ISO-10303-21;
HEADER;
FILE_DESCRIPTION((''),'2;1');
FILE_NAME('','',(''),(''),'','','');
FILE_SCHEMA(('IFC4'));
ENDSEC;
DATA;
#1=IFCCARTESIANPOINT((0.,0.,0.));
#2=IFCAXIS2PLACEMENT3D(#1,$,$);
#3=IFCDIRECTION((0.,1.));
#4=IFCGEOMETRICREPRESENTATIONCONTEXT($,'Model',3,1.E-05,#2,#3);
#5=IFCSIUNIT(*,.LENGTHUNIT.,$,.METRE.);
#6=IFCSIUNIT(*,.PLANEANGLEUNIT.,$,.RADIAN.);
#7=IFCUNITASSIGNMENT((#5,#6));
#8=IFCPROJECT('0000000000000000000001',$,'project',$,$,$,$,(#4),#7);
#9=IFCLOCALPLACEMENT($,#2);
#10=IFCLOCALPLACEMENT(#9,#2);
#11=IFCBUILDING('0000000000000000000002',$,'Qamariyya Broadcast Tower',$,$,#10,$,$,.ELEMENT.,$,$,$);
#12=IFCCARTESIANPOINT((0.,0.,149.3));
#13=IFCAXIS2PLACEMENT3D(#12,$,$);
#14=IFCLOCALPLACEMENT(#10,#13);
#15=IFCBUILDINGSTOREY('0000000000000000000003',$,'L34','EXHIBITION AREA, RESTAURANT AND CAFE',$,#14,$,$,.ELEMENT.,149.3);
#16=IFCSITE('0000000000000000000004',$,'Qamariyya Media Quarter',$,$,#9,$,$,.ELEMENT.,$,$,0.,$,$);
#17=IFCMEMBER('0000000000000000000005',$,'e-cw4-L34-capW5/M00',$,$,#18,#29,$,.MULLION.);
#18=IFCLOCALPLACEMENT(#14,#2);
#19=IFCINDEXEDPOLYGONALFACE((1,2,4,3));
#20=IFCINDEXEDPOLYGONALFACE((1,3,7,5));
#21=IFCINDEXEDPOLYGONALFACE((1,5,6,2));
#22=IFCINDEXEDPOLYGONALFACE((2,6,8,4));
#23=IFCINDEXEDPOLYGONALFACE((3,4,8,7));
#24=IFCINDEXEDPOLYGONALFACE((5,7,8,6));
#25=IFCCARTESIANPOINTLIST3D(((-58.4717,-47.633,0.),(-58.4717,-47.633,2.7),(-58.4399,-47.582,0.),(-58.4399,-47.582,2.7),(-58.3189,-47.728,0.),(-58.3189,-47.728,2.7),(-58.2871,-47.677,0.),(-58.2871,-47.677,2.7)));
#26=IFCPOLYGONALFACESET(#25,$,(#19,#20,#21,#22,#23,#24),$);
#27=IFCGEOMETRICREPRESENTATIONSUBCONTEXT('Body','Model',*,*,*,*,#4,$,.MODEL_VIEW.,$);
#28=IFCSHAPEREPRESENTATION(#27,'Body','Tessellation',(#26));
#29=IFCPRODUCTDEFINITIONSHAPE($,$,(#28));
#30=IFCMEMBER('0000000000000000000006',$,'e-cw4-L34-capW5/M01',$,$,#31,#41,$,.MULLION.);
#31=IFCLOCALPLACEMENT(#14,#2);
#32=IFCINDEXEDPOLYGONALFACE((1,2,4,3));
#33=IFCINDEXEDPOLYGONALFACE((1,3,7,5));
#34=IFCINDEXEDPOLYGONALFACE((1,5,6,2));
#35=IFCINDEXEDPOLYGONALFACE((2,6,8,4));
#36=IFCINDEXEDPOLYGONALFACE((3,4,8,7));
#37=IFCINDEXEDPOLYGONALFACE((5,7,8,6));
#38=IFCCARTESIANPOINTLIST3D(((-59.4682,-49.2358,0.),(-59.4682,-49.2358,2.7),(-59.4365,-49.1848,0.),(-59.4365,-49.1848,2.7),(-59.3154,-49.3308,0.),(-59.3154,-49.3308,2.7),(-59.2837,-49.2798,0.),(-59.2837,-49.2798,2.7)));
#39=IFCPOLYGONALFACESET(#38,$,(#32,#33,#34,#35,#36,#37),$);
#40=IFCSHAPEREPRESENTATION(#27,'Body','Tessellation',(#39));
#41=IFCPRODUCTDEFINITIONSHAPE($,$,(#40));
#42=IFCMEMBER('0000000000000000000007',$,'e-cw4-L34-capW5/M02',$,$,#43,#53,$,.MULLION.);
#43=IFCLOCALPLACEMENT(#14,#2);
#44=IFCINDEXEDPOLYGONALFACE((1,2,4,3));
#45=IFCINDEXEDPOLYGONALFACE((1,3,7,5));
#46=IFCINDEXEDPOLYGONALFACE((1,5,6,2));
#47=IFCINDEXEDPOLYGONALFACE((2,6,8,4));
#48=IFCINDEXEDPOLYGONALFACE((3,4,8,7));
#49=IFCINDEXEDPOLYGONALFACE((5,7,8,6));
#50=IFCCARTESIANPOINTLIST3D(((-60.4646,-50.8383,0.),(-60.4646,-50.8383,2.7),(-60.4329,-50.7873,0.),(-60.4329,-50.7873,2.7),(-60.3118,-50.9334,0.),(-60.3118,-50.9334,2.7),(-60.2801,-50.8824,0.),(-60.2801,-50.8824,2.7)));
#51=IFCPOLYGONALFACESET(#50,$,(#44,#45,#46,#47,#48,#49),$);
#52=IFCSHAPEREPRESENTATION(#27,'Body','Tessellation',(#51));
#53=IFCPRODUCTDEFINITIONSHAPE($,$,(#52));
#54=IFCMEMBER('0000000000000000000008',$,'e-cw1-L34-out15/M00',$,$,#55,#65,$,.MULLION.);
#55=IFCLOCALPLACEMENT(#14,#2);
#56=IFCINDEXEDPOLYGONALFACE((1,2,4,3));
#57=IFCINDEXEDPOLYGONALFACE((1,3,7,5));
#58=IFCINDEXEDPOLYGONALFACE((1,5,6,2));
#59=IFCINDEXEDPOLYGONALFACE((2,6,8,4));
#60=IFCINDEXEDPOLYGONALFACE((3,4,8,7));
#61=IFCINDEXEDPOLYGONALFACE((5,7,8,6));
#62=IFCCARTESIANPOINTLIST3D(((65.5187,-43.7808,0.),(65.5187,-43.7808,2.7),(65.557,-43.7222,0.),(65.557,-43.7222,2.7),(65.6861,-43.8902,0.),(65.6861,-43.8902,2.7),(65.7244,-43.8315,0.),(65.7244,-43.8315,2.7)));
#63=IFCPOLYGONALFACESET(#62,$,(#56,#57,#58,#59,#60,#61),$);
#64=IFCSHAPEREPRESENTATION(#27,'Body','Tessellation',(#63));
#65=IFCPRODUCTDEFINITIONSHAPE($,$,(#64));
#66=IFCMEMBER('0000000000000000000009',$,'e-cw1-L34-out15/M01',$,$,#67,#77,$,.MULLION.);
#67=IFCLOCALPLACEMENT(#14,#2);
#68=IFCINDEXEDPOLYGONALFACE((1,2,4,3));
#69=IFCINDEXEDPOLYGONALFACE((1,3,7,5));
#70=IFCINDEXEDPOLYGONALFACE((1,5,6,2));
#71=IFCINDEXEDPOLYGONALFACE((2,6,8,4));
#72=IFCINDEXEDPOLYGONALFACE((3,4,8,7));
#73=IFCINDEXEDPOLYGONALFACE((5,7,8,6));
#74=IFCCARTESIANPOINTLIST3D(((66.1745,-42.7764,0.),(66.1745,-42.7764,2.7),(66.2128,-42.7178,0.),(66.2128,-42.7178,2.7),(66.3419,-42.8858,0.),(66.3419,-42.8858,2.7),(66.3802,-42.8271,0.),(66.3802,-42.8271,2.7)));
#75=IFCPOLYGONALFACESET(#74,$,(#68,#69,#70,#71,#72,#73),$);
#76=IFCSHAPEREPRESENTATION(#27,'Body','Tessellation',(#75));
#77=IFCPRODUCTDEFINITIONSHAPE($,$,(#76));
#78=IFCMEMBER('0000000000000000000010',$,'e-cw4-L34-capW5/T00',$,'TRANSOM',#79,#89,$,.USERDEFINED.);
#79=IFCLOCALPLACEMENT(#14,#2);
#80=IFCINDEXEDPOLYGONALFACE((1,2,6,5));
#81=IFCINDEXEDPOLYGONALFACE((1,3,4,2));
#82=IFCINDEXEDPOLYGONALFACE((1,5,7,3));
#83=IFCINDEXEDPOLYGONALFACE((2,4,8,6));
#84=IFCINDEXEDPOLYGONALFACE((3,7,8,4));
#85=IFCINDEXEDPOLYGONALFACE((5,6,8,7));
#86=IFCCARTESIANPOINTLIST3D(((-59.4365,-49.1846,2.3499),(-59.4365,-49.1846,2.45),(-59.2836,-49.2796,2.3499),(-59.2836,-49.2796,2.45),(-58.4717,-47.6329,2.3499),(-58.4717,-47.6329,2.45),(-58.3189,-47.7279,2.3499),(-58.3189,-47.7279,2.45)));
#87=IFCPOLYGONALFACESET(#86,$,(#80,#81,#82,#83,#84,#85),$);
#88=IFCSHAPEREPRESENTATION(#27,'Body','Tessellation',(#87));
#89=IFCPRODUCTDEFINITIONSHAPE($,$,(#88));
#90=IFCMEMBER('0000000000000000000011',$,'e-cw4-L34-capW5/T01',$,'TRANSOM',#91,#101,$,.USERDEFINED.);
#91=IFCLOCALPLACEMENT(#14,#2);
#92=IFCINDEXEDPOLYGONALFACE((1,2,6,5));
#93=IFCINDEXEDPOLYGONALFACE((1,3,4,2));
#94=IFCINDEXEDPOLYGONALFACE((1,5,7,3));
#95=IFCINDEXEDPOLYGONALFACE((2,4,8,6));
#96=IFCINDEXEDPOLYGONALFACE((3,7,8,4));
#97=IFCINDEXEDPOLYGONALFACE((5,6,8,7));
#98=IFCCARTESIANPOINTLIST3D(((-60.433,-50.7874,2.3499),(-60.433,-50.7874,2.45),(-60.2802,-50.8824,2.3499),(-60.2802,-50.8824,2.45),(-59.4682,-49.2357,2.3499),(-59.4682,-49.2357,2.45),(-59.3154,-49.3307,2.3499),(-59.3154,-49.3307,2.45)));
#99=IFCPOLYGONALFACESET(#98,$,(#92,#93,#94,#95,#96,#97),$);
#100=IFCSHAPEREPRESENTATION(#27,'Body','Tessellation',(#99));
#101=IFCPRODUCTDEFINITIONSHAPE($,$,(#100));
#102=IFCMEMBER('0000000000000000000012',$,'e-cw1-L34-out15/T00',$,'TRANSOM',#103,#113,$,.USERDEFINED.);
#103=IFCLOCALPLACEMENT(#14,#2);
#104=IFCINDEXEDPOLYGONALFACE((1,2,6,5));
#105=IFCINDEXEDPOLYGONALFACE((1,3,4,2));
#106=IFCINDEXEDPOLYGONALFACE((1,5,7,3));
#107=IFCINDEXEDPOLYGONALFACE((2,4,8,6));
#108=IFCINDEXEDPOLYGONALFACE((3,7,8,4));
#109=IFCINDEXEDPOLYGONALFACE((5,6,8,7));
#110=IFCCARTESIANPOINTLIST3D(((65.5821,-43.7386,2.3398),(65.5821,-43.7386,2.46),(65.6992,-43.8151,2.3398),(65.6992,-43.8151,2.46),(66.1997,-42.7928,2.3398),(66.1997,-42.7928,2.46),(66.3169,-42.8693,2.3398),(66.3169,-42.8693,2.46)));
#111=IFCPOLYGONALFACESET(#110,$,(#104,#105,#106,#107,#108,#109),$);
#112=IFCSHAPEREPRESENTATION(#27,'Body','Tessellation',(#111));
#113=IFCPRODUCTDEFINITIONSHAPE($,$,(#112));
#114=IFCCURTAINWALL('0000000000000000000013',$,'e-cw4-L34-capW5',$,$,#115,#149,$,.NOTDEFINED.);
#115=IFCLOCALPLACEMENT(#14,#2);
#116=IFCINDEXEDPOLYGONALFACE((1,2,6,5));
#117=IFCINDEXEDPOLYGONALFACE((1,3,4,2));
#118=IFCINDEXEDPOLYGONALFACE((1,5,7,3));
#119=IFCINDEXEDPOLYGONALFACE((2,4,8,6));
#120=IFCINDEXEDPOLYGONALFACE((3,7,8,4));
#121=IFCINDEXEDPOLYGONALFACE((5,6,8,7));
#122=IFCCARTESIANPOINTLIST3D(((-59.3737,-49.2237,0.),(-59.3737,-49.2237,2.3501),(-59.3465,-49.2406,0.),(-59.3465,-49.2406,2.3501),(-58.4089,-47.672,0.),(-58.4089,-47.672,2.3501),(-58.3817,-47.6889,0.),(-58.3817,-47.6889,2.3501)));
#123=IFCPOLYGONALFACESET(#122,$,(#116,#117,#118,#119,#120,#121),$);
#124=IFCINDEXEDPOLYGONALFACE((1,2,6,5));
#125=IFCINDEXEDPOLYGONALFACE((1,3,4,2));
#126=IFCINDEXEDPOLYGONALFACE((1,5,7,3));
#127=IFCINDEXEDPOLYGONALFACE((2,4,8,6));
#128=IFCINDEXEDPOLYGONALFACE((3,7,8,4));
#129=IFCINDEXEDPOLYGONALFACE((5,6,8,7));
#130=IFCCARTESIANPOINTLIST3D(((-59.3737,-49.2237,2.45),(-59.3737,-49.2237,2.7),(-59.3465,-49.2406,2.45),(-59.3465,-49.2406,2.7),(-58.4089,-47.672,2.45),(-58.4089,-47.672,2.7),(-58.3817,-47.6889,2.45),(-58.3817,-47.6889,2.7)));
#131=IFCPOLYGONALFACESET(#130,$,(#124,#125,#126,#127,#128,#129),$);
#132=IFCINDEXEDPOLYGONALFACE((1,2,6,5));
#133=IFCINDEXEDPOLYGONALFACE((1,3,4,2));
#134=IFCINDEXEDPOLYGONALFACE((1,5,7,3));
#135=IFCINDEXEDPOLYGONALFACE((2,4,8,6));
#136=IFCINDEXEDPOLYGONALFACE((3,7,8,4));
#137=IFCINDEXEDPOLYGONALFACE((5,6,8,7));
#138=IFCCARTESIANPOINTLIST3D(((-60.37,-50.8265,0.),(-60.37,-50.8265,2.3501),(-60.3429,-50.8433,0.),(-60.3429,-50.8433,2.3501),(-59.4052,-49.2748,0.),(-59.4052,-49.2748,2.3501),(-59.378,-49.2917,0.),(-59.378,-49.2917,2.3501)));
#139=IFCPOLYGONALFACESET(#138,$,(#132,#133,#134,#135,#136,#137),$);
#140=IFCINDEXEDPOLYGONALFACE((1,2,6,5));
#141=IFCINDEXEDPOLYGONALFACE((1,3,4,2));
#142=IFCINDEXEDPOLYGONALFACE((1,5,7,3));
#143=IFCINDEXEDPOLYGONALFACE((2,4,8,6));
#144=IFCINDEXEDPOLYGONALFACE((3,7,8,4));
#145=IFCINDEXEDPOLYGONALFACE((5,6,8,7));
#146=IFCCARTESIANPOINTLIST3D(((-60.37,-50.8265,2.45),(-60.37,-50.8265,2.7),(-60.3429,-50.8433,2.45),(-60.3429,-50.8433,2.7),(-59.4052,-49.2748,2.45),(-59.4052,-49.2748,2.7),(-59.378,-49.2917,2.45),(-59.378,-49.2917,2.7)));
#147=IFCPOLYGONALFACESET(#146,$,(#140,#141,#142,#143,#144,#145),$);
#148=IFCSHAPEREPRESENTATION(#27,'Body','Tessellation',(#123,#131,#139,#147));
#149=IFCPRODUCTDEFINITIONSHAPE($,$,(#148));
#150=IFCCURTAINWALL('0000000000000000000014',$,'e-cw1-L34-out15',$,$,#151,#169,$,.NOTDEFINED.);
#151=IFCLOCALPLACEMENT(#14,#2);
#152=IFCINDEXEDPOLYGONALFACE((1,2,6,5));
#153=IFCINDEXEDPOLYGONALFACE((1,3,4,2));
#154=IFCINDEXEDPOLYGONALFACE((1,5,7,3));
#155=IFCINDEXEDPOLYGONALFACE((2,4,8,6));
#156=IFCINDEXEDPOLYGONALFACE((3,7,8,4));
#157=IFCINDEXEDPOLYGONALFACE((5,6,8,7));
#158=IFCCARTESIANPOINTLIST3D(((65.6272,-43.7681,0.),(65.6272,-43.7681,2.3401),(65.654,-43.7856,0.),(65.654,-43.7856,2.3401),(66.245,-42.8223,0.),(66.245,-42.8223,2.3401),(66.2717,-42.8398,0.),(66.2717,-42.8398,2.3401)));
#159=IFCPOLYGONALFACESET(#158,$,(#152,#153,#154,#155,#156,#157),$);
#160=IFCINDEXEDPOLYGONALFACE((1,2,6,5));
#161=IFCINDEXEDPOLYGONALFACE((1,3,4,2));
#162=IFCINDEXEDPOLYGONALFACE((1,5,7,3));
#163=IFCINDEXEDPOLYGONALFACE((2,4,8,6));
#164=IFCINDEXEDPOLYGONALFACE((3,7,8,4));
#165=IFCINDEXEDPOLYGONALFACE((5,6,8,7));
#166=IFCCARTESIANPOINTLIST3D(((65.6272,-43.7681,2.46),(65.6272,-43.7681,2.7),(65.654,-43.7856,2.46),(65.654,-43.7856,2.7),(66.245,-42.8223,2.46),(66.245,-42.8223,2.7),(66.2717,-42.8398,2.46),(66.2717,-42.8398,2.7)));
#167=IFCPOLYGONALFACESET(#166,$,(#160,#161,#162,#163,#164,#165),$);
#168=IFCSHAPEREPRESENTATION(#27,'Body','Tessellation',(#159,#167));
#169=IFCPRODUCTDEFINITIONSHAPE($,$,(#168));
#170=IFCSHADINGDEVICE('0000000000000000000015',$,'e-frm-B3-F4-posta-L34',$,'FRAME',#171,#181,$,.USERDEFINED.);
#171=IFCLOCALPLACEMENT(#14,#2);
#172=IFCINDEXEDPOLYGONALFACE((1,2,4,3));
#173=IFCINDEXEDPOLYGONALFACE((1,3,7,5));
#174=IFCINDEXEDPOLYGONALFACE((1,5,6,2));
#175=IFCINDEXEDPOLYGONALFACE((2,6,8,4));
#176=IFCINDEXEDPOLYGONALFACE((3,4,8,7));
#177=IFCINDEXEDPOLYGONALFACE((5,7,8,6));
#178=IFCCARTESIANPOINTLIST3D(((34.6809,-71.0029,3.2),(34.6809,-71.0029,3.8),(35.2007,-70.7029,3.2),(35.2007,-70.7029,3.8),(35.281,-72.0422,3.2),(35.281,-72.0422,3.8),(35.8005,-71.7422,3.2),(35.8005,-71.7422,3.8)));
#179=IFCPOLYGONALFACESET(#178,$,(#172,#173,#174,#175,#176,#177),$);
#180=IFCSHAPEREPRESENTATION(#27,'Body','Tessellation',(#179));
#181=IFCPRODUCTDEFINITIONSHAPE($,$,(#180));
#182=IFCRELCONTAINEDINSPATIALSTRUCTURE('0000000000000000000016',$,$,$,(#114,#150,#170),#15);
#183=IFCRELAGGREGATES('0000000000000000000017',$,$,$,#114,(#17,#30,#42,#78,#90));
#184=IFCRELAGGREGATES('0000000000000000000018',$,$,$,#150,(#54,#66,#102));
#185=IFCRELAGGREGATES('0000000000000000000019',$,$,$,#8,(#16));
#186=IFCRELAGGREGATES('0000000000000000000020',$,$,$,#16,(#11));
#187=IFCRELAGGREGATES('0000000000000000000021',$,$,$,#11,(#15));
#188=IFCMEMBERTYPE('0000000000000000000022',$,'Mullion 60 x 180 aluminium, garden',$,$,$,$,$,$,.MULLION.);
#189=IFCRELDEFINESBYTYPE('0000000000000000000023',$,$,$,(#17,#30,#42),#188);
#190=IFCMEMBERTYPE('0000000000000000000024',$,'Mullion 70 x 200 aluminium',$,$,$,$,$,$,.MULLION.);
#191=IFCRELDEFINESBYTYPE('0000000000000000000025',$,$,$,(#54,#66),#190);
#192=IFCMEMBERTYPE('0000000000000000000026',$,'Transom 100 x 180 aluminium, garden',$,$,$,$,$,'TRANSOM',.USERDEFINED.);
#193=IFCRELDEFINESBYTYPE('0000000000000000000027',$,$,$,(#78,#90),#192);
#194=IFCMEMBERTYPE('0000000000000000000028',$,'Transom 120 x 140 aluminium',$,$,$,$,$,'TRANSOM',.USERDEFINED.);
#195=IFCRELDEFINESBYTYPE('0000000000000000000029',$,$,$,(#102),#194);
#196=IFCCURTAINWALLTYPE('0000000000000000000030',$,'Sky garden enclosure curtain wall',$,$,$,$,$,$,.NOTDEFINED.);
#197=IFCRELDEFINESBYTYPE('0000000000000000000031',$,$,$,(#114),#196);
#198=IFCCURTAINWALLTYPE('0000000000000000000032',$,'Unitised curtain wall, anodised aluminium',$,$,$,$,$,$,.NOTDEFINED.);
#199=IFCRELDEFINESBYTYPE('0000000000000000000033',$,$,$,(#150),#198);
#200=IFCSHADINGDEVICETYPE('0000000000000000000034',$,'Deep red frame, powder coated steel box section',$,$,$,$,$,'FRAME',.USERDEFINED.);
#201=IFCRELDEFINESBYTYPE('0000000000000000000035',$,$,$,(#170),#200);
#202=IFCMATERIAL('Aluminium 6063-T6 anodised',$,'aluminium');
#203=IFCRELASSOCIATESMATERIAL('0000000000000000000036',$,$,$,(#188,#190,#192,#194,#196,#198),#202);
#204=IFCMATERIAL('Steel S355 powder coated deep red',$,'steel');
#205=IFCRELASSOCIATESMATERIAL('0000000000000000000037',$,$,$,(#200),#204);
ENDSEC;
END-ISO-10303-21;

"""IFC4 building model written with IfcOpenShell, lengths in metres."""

from ifc_helpers import new_model, si_unit, direction, frame, origin, origin_2d, place, context, subcontext, project, spatial, polyline, rectangle, outline, extrude, material, material_profile, profile_set, type_object, element, aggregate, save


model = new_model("IFC4")

# Units and contexts
model_context = context("Model", 3, precision=1e-05, world=origin(), true_north=direction((0.0, 1.0)))
body_context = subcontext(model_context, "Body", "Model", "MODEL_VIEW")
ifc_project = project(units=[si_unit("LENGTHUNIT", "METRE"), si_unit("PLANEANGLEUNIT", "RADIAN")], contexts=[model_context])

# Members
ifc_material_1 = material(Name="Aluminium 6063-T6 anodised", Category="aluminium")
ifc_material_profile_1 = material_profile(ifc_material_1, rectangle(XDim=0.1799, YDim=0.0601, at=origin_2d()))
ifc_profile_set_1 = profile_set([ifc_material_profile_1], Name="Aluminium 6063-T6 anodised")
member_type_1 = type_object("IfcMemberType", Name="Mullion 60 x 180 aluminium, garden", PredefinedType="MULLION", material=ifc_profile_set_1)
site_placement = place(None, origin())
building_placement = place(site_placement, origin())
storey_placement = place(building_placement, frame((0.0, 0.0, 149.3)))
member_1_placement = place(storey_placement, frame((-58.3794, -47.655, 0.0), z_axis=(0.0, 0.0, 1.0), x_axis=(0.849222, -0.528037, 0.0)))
member_1 = element("IfcMember", 1, at=member_1_placement, type_object=member_type_1, Name="e-cw4-L34-capW5/M00", PredefinedType="MULLION", context=body_context, shape_type="SweptSolid", body=[
    extrude(rectangle(XDim=0.1799, YDim=0.0601, at=origin_2d()), origin(), (0.0, 0.0, 1.0), 2.7),
])
member_2_placement = place(storey_placement, frame((-59.376, -49.2578, 0.0), z_axis=(0.0, 0.0, 1.0), x_axis=(0.849222, -0.528037, 0.0)))
member_2 = element("IfcMember", 2, at=member_2_placement, type_object=member_type_1, Name="e-cw4-L34-capW5/M01", PredefinedType="MULLION", context=body_context, shape_type="SweptSolid", body=[
    extrude(rectangle(XDim=0.1799, YDim=0.0601, at=origin_2d()), origin(), (0.0, 0.0, 1.0), 2.7),
])
member_3_placement = place(storey_placement, frame((-60.3723, -50.8604, 0.0), z_axis=(0.0, 0.0, 1.0), x_axis=(0.849222, -0.528037, 0.0)))
member_3 = element("IfcMember", 3, at=member_3_placement, type_object=member_type_1, Name="e-cw4-L34-capW5/M02", PredefinedType="MULLION", context=body_context, shape_type="SweptSolid", body=[
    extrude(rectangle(XDim=0.1799, YDim=0.0601, at=origin_2d()), origin(), (0.0, 0.0, 1.0), 2.7),
])
ifc_material_profile_2 = material_profile(ifc_material_1, rectangle(XDim=0.2, YDim=0.0701, at=origin_2d()))
ifc_profile_set_2 = profile_set([ifc_material_profile_2], Name="Aluminium 6063-T6 anodised")
member_type_2 = type_object("IfcMemberType", Name="Mullion 70 x 200 aluminium", PredefinedType="MULLION", material=ifc_profile_set_2)
member_4_placement = place(storey_placement, frame((65.6216, -43.8062, 0.0), z_axis=(0.0, 0.0, 1.0), x_axis=(-0.837242, 0.546833, 0.0)))
member_4 = element("IfcMember", 4, at=member_4_placement, type_object=member_type_2, Name="e-cw1-L34-out15/M00", PredefinedType="MULLION", context=body_context, shape_type="SweptSolid", body=[
    extrude(rectangle(XDim=0.2, YDim=0.0701, at=origin_2d()), origin(), (0.0, 0.0, 1.0), 2.7),
])
member_5_placement = place(storey_placement, frame((66.2773, -42.8018, 0.0), z_axis=(0.0, 0.0, 1.0), x_axis=(-0.837242, 0.546833, 0.0)))
member_5 = element("IfcMember", 5, at=member_5_placement, type_object=member_type_2, Name="e-cw1-L34-out15/M01", PredefinedType="MULLION", context=body_context, shape_type="SweptSolid", body=[
    extrude(rectangle(XDim=0.2, YDim=0.0701, at=origin_2d()), origin(), (0.0, 0.0, 1.0), 2.7),
])
ifc_material_profile_3 = material_profile(ifc_material_1, rectangle(XDim=0.1799, YDim=0.1001, at=origin_2d()))
ifc_profile_set_3 = profile_set([ifc_material_profile_3], Name="Aluminium 6063-T6 anodised")
member_type_3 = type_object("IfcMemberType", Name="Transom 100 x 180 aluminium, garden", ElementType="TRANSOM", PredefinedType="USERDEFINED", material=ifc_profile_set_3)
member_6_placement = place(storey_placement, frame((-58.3953, -47.6804, 2.3999), z_axis=(-0.528028, -0.849227, 0.0), x_axis=(0.849227, -0.528028, 0.0)))
member_6 = element("IfcMember", 6, at=member_6_placement, type_object=member_type_3, Name="e-cw4-L34-capW5/T00", ObjectType="TRANSOM", PredefinedType="USERDEFINED", context=body_context, shape_type="SweptSolid", body=[
    extrude(rectangle(XDim=0.1799, YDim=0.1001, at=origin_2d()), origin(), (0.0, 0.0, 1.0), 1.8271),
])
member_7_placement = place(storey_placement, frame((-59.3918, -49.2832, 2.3999), z_axis=(-0.528028, -0.849227, 0.0), x_axis=(0.849227, -0.528028, 0.0)))
member_7 = element("IfcMember", 7, at=member_7_placement, type_object=member_type_3, Name="e-cw4-L34-capW5/T01", ObjectType="TRANSOM", PredefinedType="USERDEFINED", context=body_context, shape_type="SweptSolid", body=[
    extrude(rectangle(XDim=0.1799, YDim=0.1001, at=origin_2d()), origin(), (0.0, 0.0, 1.0), 1.8271),
])
ifc_material_profile_4 = material_profile(ifc_material_1, rectangle(XDim=0.1399, YDim=0.1201, at=origin_2d()))
ifc_profile_set_4 = profile_set([ifc_material_profile_4], Name="Aluminium 6063-T6 anodised")
member_type_4 = type_object("IfcMemberType", Name="Transom 120 x 140 aluminium", ElementType="TRANSOM", PredefinedType="USERDEFINED", material=ifc_profile_set_4)
member_8_placement = place(storey_placement, frame((65.6406, -43.7769, 2.3999), z_axis=(0.546795, 0.837266, 0.0), x_axis=(-0.837266, 0.546795, 0.0)))
member_8 = element("IfcMember", 8, at=member_8_placement, type_object=member_type_4, Name="e-cw1-L34-out15/T00", ObjectType="TRANSOM", PredefinedType="USERDEFINED", context=body_context, shape_type="SweptSolid", body=[
    extrude(rectangle(XDim=0.1399, YDim=0.1201, at=origin_2d()), origin(), (0.0, 0.0, 1.0), 1.1296),
])

# Site, building, storey
site = spatial("IfcSite", under=ifc_project, at=site_placement, Name="Qamariyya Media Quarter", CompositionType="ELEMENT", RefElevation=0.0)
building = spatial("IfcBuilding", under=site, at=building_placement, Name="Qamariyya Broadcast Tower", CompositionType="ELEMENT")
storey = spatial("IfcBuildingStorey", under=building, at=storey_placement, Name="L34", Description="EXHIBITION AREA, RESTAURANT AND CAFE", CompositionType="ELEMENT", Elevation=149.3)

# Curtain walls
curtain_wall_type_1 = type_object("IfcCurtainWallType", Name="Sky garden enclosure curtain wall", PredefinedType="NOTDEFINED", material=ifc_material_1)
curtain_wall_1_placement = place(storey_placement, origin())
curtain_wall_1 = element("IfcCurtainWall", 9, at=curtain_wall_1_placement, inside=storey, type_object=curtain_wall_type_1, Name="e-cw4-L34-capW5", PredefinedType="NOTDEFINED", context=body_context, shape_type="SweptSolid", body=[
    extrude(rectangle(XDim=1.8271, YDim=0.032, at=origin_2d()), frame((-58.8777, -48.4563, 0.0), x_axis=(-0.528046, -0.849216, 0.0)), (0.0, 0.0, 1.0), 2.3501),
    extrude(rectangle(XDim=1.8271, YDim=0.032, at=origin_2d()), frame((-58.8777, -48.4563, 2.45), x_axis=(-0.528046, -0.849216, 0.0)), (0.0, 0.0, 1.0), 0.25),
    extrude(rectangle(XDim=1.8271, YDim=0.032, at=origin_2d()), frame((-59.874, -50.0591, 0.0), x_axis=(-0.528046, -0.849216, 0.0)), (0.0, 0.0, 1.0), 2.3501),
    extrude(rectangle(XDim=1.8271, YDim=0.032, at=origin_2d()), frame((-59.874, -50.0591, 2.45), x_axis=(-0.528046, -0.849216, 0.0)), (0.0, 0.0, 1.0), 0.25),
])
aggregate(curtain_wall_1, [member_1, member_2, member_3, member_6, member_7])
curtain_wall_type_2 = type_object("IfcCurtainWallType", Name="Unitised curtain wall, anodised aluminium", PredefinedType="NOTDEFINED", material=ifc_material_1)
curtain_wall_2_placement = place(storey_placement, origin())
curtain_wall_2 = element("IfcCurtainWall", 10, at=curtain_wall_2_placement, inside=storey, type_object=curtain_wall_type_2, Name="e-cw1-L34-out15", PredefinedType="NOTDEFINED", context=body_context, shape_type="SweptSolid", body=[
    extrude(rectangle(XDim=1.1296, YDim=0.032, at=origin_2d()), frame((65.9495, -43.304, 0.0), x_axis=(0.546866, 0.83722, 0.0)), (0.0, 0.0, 1.0), 2.3401),
    extrude(rectangle(XDim=1.1296, YDim=0.032, at=origin_2d()), frame((65.9495, -43.304, 2.46), x_axis=(0.546866, 0.83722, 0.0)), (0.0, 0.0, 1.0), 0.24),
])
aggregate(curtain_wall_2, [member_4, member_5, member_8])

# Shading device
ifc_material_2 = material(Name="Steel S355 powder coated deep red", Category="steel")
shading_device_type = type_object("IfcShadingDeviceType", Name="Deep red frame, powder coated steel box section", ElementType="FRAME", PredefinedType="USERDEFINED", material=ifc_material_2)
shading_device_1_placement = place(storey_placement, frame((0.0, 0.0, 3.2)))
element("IfcShadingDevice", 11, at=shading_device_1_placement, inside=storey, type_object=shading_device_type, Name="e-frm-B3-F4-posta-L34", ObjectType="FRAME", PredefinedType="USERDEFINED", context=body_context, shape_type="SweptSolid", body=[
    extrude(outline(polyline([(34.6809, -71.0029), (35.281, -72.0422), (35.8005, -71.7422), (35.2007, -70.7029), (34.6809, -71.0029)])), origin(), (0.0, 0.0, 1.0), 0.6001),
])

save(model, "model.ifc")
